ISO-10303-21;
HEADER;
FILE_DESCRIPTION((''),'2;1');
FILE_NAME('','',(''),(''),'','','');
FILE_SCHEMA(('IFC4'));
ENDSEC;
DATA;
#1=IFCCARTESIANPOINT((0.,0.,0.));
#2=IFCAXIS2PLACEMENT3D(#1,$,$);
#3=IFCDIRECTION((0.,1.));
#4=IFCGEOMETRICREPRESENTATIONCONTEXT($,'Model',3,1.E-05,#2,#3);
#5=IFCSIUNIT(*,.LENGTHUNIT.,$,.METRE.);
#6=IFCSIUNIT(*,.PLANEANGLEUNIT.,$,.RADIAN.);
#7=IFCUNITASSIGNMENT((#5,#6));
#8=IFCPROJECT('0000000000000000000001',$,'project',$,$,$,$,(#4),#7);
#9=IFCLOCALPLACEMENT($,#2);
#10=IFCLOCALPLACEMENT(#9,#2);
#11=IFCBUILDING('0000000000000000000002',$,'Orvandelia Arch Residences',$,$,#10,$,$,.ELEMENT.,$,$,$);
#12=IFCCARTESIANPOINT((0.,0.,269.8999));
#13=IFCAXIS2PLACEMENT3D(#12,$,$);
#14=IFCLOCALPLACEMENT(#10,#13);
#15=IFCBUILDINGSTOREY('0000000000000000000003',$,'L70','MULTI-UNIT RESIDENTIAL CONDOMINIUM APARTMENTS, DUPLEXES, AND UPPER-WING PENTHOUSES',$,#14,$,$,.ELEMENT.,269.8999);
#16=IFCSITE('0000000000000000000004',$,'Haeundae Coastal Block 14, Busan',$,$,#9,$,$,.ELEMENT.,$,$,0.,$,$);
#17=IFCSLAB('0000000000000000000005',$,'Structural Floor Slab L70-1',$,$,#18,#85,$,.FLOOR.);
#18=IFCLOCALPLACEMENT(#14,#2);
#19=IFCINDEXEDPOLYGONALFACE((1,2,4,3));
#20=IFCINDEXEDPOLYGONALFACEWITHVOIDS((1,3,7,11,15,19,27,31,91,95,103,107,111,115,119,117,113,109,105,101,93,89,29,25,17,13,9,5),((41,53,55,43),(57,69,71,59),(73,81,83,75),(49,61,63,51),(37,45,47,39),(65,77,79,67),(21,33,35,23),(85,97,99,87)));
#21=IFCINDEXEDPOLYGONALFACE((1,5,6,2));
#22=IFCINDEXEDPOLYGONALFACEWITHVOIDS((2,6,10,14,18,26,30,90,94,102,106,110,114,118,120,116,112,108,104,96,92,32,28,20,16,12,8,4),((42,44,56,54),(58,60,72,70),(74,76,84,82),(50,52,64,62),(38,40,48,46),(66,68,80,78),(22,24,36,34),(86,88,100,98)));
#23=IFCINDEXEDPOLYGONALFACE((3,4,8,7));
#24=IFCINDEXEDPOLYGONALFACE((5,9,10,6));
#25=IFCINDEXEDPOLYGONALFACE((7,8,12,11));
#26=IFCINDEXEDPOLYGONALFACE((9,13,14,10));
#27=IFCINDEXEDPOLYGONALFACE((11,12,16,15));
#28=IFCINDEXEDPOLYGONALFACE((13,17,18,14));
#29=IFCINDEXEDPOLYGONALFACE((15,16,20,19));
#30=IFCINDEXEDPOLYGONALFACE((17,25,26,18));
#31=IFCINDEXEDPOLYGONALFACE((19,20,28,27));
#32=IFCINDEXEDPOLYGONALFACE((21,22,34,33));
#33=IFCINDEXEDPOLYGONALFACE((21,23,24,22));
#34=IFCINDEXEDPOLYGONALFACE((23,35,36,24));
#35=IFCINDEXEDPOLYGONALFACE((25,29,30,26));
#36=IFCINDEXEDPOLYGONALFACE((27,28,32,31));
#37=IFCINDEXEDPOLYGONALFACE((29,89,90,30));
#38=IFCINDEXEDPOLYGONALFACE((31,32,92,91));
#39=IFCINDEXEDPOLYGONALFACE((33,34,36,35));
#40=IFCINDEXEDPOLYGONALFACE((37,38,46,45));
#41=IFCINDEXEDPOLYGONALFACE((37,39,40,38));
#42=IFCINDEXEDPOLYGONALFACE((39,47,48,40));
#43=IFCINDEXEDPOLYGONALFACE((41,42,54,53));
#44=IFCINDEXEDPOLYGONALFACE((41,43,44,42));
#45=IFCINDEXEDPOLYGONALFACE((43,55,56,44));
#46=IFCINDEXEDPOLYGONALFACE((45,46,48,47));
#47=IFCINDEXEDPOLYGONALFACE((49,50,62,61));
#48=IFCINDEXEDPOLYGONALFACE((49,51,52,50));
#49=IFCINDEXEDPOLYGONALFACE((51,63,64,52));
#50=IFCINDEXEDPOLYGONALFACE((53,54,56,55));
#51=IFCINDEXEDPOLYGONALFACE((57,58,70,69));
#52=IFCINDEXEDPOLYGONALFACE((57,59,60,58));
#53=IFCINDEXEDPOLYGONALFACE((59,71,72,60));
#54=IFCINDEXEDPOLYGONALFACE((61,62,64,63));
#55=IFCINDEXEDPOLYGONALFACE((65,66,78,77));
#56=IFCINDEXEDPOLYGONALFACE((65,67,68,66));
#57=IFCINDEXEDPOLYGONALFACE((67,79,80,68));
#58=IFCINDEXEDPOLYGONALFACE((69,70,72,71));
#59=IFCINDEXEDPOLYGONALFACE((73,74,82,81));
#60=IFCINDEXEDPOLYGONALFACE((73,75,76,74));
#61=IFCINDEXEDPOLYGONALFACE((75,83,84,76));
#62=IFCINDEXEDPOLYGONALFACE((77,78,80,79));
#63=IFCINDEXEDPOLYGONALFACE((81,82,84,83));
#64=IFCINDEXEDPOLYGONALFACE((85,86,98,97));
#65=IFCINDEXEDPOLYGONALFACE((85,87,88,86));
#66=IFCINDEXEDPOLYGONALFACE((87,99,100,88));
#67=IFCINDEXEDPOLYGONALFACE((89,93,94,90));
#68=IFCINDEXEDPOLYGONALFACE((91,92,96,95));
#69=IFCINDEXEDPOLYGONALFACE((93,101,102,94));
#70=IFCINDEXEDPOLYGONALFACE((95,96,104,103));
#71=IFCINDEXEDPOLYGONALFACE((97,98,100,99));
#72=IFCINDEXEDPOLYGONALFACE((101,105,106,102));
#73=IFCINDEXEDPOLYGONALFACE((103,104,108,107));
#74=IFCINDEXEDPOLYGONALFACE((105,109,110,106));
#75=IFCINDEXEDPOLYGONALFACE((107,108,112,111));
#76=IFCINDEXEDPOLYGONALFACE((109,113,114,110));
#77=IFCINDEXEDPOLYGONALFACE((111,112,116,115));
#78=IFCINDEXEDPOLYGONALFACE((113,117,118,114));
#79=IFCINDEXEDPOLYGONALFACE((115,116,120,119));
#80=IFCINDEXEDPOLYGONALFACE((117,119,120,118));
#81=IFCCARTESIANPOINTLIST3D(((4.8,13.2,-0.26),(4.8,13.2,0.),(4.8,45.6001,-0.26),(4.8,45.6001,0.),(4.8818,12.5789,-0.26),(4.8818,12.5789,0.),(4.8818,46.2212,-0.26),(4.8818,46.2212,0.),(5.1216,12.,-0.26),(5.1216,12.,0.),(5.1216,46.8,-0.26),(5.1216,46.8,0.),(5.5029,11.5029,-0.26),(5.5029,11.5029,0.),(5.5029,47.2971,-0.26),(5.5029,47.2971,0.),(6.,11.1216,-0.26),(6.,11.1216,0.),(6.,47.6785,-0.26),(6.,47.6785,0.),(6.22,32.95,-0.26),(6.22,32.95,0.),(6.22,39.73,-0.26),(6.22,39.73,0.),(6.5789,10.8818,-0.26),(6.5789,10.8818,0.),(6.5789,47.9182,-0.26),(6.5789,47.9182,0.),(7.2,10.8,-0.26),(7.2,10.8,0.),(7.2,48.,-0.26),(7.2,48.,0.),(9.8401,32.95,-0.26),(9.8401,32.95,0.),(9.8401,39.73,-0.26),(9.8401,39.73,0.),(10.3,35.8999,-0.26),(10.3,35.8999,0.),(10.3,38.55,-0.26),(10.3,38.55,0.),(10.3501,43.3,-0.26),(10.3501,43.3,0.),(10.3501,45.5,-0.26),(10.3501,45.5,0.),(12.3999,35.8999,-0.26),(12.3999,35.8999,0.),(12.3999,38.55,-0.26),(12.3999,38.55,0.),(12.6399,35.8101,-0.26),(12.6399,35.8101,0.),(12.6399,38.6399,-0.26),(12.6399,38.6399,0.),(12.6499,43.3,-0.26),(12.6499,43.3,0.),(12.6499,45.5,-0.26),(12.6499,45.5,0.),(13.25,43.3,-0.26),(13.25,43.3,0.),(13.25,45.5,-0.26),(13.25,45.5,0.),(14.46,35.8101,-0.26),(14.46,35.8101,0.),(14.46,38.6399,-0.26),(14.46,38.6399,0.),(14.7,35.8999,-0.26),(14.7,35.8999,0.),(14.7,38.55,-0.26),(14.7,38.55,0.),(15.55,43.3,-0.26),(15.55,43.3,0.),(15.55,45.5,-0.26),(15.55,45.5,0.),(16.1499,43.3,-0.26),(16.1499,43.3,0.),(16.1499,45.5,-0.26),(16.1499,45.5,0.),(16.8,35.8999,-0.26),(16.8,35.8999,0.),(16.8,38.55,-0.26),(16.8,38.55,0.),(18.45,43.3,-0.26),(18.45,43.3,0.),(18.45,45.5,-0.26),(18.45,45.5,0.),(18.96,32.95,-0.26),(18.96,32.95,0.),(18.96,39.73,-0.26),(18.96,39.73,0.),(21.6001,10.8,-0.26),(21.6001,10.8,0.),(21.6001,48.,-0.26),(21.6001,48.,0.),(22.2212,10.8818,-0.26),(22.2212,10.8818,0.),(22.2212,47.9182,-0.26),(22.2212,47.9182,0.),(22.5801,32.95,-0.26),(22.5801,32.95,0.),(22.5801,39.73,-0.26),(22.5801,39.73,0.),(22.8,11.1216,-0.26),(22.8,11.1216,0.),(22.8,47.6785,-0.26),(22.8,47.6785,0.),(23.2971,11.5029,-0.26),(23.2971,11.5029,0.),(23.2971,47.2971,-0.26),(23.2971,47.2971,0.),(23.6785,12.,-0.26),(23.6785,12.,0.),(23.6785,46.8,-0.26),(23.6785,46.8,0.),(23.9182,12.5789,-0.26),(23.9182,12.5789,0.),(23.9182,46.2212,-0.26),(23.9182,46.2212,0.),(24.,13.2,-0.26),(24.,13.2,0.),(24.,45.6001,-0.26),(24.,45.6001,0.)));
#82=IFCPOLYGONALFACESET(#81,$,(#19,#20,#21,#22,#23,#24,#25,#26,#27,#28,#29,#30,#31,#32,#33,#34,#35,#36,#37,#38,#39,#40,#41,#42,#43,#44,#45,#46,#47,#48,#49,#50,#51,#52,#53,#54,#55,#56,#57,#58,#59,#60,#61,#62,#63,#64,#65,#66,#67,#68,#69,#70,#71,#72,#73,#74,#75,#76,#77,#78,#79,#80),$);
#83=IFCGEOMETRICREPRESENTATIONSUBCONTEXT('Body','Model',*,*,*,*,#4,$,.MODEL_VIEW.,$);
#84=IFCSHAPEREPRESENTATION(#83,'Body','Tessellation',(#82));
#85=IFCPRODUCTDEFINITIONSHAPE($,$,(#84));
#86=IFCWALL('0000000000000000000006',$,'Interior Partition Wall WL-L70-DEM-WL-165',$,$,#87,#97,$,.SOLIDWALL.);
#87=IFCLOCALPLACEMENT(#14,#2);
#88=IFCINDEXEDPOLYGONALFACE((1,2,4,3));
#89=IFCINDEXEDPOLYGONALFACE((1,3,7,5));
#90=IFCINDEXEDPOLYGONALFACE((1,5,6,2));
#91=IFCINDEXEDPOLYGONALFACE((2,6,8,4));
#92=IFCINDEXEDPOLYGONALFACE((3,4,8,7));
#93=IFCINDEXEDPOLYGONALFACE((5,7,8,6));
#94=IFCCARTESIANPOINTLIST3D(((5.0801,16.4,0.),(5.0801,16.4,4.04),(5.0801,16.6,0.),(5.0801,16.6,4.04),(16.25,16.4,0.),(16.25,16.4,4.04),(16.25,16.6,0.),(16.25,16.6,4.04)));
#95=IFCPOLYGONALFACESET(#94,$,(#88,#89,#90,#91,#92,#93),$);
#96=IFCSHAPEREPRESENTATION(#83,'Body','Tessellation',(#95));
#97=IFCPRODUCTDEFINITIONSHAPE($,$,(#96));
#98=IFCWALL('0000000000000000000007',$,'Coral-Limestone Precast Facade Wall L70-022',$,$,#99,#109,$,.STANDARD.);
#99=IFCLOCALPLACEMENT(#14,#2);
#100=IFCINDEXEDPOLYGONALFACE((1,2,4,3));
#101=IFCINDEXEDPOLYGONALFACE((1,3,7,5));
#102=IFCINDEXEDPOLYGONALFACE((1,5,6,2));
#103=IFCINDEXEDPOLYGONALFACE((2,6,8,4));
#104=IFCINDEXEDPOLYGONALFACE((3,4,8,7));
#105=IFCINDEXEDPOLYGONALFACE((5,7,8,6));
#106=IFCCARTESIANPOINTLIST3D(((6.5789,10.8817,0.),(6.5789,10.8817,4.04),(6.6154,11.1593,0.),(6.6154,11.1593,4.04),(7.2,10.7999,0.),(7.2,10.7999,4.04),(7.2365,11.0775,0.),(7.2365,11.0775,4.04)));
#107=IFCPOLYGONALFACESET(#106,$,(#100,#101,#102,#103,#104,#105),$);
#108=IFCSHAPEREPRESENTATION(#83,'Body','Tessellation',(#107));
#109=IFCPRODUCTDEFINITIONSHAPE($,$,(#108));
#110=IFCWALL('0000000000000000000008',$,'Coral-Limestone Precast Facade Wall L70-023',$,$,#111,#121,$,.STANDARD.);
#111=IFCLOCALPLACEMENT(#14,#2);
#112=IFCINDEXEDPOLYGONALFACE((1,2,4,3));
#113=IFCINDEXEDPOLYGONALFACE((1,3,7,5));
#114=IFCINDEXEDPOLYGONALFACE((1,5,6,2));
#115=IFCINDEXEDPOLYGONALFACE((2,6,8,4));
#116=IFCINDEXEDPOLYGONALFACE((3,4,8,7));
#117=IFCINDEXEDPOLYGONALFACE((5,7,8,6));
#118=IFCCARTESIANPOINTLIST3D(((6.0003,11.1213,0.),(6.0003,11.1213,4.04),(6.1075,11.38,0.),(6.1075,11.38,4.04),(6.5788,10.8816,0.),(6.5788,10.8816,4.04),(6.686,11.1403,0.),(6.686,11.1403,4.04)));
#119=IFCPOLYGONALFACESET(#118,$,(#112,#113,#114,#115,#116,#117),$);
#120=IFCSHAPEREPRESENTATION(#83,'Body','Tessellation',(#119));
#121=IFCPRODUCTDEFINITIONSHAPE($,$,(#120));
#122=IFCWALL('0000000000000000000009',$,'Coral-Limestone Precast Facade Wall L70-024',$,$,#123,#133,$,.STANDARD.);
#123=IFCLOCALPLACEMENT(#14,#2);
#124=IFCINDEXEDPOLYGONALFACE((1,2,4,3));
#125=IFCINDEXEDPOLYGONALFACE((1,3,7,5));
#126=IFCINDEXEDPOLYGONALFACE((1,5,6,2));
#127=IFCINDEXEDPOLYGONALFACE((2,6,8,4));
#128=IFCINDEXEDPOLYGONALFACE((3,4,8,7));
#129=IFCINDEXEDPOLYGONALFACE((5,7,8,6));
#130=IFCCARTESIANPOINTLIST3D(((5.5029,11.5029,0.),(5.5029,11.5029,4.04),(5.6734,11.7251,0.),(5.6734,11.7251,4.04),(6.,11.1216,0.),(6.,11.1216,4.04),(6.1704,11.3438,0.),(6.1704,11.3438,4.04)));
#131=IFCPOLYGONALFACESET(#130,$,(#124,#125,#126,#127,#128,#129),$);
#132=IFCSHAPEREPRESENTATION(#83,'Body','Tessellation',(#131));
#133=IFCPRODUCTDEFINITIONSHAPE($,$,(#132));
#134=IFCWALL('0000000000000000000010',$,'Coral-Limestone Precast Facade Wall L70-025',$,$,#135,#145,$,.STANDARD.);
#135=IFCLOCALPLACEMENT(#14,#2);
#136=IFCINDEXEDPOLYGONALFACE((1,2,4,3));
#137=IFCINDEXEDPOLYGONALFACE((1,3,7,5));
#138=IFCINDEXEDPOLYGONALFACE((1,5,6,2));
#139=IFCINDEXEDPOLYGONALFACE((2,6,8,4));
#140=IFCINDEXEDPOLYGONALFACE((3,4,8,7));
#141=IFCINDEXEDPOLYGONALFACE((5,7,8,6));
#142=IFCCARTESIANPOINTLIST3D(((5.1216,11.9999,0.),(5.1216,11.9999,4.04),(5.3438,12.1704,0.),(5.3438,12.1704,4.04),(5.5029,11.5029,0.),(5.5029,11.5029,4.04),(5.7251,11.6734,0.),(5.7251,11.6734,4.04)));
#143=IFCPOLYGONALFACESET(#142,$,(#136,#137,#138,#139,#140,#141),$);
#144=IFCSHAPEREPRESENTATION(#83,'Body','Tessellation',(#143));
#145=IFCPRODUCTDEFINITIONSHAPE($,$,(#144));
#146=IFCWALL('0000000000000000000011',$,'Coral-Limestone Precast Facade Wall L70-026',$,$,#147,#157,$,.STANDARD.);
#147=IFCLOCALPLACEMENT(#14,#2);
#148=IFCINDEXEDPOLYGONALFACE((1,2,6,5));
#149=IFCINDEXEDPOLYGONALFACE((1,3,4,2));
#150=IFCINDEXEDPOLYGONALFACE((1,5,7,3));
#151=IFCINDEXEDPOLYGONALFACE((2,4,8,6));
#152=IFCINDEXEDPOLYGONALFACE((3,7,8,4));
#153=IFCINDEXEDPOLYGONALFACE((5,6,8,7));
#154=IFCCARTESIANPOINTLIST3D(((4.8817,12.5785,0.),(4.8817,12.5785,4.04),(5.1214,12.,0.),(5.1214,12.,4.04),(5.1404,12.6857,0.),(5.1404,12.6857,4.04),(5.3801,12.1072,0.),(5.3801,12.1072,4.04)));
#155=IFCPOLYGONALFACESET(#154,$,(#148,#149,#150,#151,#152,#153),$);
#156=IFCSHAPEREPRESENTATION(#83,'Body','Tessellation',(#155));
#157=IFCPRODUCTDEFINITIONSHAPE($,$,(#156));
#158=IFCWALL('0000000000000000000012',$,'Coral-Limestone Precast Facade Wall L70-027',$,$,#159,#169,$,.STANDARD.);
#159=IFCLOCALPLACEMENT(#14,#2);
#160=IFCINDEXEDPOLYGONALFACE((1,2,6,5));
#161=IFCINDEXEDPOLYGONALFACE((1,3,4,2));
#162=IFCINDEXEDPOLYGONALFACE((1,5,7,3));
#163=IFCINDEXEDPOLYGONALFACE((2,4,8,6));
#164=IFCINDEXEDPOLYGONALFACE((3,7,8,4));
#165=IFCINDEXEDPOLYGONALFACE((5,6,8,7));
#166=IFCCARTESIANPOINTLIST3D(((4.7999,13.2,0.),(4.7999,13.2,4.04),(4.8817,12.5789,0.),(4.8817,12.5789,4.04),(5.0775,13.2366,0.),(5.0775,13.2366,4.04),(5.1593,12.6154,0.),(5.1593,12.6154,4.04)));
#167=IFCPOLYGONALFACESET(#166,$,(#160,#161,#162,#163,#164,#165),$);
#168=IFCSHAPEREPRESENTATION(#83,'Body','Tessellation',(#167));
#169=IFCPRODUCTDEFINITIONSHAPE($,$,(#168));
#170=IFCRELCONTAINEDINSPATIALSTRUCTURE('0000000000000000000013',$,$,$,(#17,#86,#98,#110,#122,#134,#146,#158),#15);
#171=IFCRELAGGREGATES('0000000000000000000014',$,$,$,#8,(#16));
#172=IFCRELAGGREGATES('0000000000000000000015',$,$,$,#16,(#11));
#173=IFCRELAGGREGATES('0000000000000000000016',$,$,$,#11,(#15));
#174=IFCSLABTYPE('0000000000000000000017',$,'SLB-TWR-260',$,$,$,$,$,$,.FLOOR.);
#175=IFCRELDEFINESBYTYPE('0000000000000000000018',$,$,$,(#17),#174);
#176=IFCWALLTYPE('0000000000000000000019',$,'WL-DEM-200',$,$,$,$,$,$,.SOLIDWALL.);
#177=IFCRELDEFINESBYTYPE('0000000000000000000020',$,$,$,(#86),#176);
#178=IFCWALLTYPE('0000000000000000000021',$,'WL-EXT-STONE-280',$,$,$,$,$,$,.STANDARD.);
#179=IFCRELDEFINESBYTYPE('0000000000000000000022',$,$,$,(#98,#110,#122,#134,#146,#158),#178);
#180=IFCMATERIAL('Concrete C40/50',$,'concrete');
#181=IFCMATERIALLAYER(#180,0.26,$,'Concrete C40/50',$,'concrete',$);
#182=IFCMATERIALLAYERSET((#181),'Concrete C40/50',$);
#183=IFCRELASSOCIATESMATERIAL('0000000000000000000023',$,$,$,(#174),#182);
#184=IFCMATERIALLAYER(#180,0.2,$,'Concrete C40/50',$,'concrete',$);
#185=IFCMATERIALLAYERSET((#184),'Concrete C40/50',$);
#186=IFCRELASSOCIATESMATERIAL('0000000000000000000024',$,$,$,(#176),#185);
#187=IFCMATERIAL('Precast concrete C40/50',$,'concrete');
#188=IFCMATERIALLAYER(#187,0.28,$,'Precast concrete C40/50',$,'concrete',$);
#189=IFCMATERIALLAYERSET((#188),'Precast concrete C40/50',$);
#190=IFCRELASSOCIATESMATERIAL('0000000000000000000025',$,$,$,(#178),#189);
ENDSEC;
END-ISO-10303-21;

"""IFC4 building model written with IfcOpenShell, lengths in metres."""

from ifc_helpers import new_model, si_unit, direction, frame, frame_2d, origin, place, context, subcontext, project, spatial, polyline, rectangle, outline, extrude, material, layer, layer_set, type_object, element, save


model = new_model("IFC4")

# Units and contexts
model_context = context("Model", 3, precision=1e-05, world=origin(), true_north=direction((0.0, 1.0)))
body_context = subcontext(model_context, "Body", "Model", "MODEL_VIEW")
ifc_project = project(units=[si_unit("LENGTHUNIT", "METRE"), si_unit("PLANEANGLEUNIT", "RADIAN")], contexts=[model_context])

# Site, building, storey
site_placement = place(None, origin())
site = spatial("IfcSite", under=ifc_project, at=site_placement, Name="Haeundae Coastal Block 14, Busan", CompositionType="ELEMENT", RefElevation=0.0)
building_placement = place(site_placement, origin())
building = spatial("IfcBuilding", under=site, at=building_placement, Name="Orvandelia Arch Residences", CompositionType="ELEMENT")
storey_placement = place(building_placement, frame((0.0, 0.0, 269.8999)))
storey = spatial("IfcBuildingStorey", under=building, at=storey_placement, Name="L70", Description="MULTI-UNIT RESIDENTIAL CONDOMINIUM APARTMENTS, DUPLEXES, AND UPPER-WING PENTHOUSES", CompositionType="ELEMENT", Elevation=269.8999)

# Shared definitions
ifc_material_1 = material(Name="Precast concrete C40/50", Category="concrete")

# Shared definitions
ifc_material_2 = material(Name="Concrete C40/50", Category="concrete")

# Slab
ifc_layer_1 = layer(ifc_material_2, 0.26, Name="Concrete C40/50", Category="concrete")
ifc_layer_set_1 = layer_set([ifc_layer_1], Name="Concrete C40/50")
slab_type_1 = type_object("IfcSlabType", Name="SLB-TWR-260", PredefinedType="FLOOR", material=ifc_layer_set_1)
slab_1_placement = place(storey_placement, frame((0.0, 0.0, -0.26)))
element("IfcSlab", 1, at=slab_1_placement, inside=storey, type_object=slab_type_1, Name="Structural Floor Slab L70-1", PredefinedType="FLOOR", context=body_context, shape_type="SweptSolid", body=[
    extrude(outline(polyline([(4.8, 13.2), (4.8818, 12.5789), (5.1216, 12.0), (5.5029, 11.5029), (6.0, 11.1216), (6.5789, 10.8818), (7.2, 10.8), (21.6001, 10.8), (22.2212, 10.8818), (22.8, 11.1216), (23.2971, 11.5029), (23.6785, 12.0), (23.9182, 12.5789), (24.0, 13.2), (24.0, 45.6001), (23.9182, 46.2212), (23.6785, 46.8), (23.2971, 47.2971), (22.8, 47.6785), (22.2212, 47.9182), (21.6001, 48.0), (7.2, 48.0), (6.5789, 47.9182), (6.0, 47.6785), (5.5029, 47.2971), (5.1216, 46.8), (4.8818, 46.2212), (4.8, 45.6001), (4.8, 13.2)]), holes=[polyline([(6.22, 32.95), (9.8401, 32.95), (9.8401, 39.73), (6.22, 39.73), (6.22, 32.95)]), polyline([(18.96, 32.95), (22.5801, 32.95), (22.5801, 39.73), (18.96, 39.73), (18.96, 32.95)]), polyline([(12.6399, 35.8101), (14.46, 35.8101), (14.46, 38.6399), (12.6399, 38.6399), (12.6399, 35.8101)]), polyline([(10.3, 35.8999), (12.3999, 35.8999), (12.3999, 38.55), (10.3, 38.55), (10.3, 35.8999)]), polyline([(14.7, 35.8999), (16.8, 35.8999), (16.8, 38.55), (14.7, 38.55), (14.7, 35.8999)]), polyline([(10.3501, 43.3), (12.6499, 43.3), (12.6499, 45.5), (10.3501, 45.5), (10.3501, 43.3)]), polyline([(13.25, 43.3), (15.55, 43.3), (15.55, 45.5), (13.25, 45.5), (13.25, 43.3)]), polyline([(16.1499, 43.3), (18.45, 43.3), (18.45, 45.5), (16.1499, 45.5), (16.1499, 43.3)])]), origin(), (0.0, 0.0, 1.0), 0.26),
])

# Walls
ifc_layer_2 = layer(ifc_material_2, 0.2, Name="Concrete C40/50", Category="concrete")
ifc_layer_set_2 = layer_set([ifc_layer_2], Name="Concrete C40/50")
wall_type_1 = type_object("IfcWallType", Name="WL-DEM-200", PredefinedType="SOLIDWALL", material=ifc_layer_set_2)
wall_1_placement = place(storey_placement, frame((5.0801, 16.5, 0.0), z_axis=(0.0, 0.0, 1.0), x_axis=(1.0, 0.0, 0.0)))
element("IfcWall", 2, at=wall_1_placement, inside=storey, type_object=wall_type_1, Name="Interior Partition Wall WL-L70-DEM-WL-165", PredefinedType="SOLIDWALL", context=body_context, shape_type="SweptSolid", body=[
    extrude(rectangle(XDim=11.1699, YDim=0.2, at=frame_2d((5.585, 0.0))), origin(), (0.0, 0.0, 1.0), 4.04),
])
ifc_layer_3 = layer(ifc_material_1, 0.28, Name="Precast concrete C40/50", Category="concrete")
ifc_layer_set_3 = layer_set([ifc_layer_3], Name="Precast concrete C40/50")
wall_type_2 = type_object("IfcWallType", Name="WL-EXT-STONE-280", PredefinedType="STANDARD", material=ifc_layer_set_3)
wall_2_placement = place(storey_placement, frame((7.2183, 10.9387, 0.0), z_axis=(0.0, 0.0, 1.0), x_axis=(-0.991441, 0.130555, 0.0)))
element("IfcWall", 3, at=wall_2_placement, inside=storey, type_object=wall_type_2, Name="Coral-Limestone Precast Facade Wall L70-022", PredefinedType="STANDARD", context=body_context, shape_type="SweptSolid", body=[
    extrude(rectangle(XDim=0.6265, YDim=0.28, at=frame_2d((0.3132, 0.0))), origin(), (0.0, 0.0, 1.0), 4.04),
])
wall_3_placement = place(storey_placement, frame((6.6323, 11.011, 0.0), z_axis=(0.0, 0.0, 1.0), x_axis=(-0.923836, 0.382788, 0.0)))
element("IfcWall", 4, at=wall_3_placement, inside=storey, type_object=wall_type_2, Name="Coral-Limestone Precast Facade Wall L70-023", PredefinedType="STANDARD", context=body_context, shape_type="SweptSolid", body=[
    extrude(rectangle(XDim=0.6262, YDim=0.28, at=frame_2d((0.313, 0.0))), origin(), (0.0, 0.0, 1.0), 4.04),
])
for number, where, z_axis, x_axis, name in (
    (5, (6.0852, 11.2327, 0.0), (0.0, 0.0, 1.0), (-0.793406, 0.608693, 0.0), "Coral-Limestone Precast Facade Wall L70-024"),
    (6, (5.614, 11.5881, 0.0), (0.0, 0.0, 1.0), (-0.608693, 0.793406, 0.0), "Coral-Limestone Precast Facade Wall L70-025"),
):
    element("IfcWall", number, at=place(storey_placement, frame(where, z_axis=z_axis, x_axis=x_axis)), inside=storey, type_object=wall_type_2, Name=name, PredefinedType="STANDARD", context=body_context, shape_type="SweptSolid", body=[
        extrude(rectangle(XDim=0.6265, YDim=0.28, at=frame_2d((0.3132, 0.0))), origin(), (0.0, 0.0, 1.0), 4.04),
    ])
wall_4_placement = place(storey_placement, frame((5.2507, 12.0537, 0.0), z_axis=(0.0, 0.0, 1.0), x_axis=(-0.382788, 0.923836, 0.0)))
element("IfcWall", 7, at=wall_4_placement, inside=storey, type_object=wall_type_2, Name="Coral-Limestone Precast Facade Wall L70-026", PredefinedType="STANDARD", context=body_context, shape_type="SweptSolid", body=[
    extrude(rectangle(XDim=0.6262, YDim=0.28, at=frame_2d((0.313, 0.0))), origin(), (0.0, 0.0, 1.0), 4.04),
])
wall_5_placement = place(storey_placement, frame((5.0205, 12.5972, 0.0), z_axis=(0.0, 0.0, 1.0), x_axis=(-0.130555, 0.991441, 0.0)))
element("IfcWall", 8, at=wall_5_placement, inside=storey, type_object=wall_type_2, Name="Coral-Limestone Precast Facade Wall L70-027", PredefinedType="STANDARD", context=body_context, shape_type="SweptSolid", body=[
    extrude(rectangle(XDim=0.6265, YDim=0.28, at=frame_2d((0.3132, 0.0))), origin(), (0.0, 0.0, 1.0), 4.04),
])

save(model, "model.ifc")
